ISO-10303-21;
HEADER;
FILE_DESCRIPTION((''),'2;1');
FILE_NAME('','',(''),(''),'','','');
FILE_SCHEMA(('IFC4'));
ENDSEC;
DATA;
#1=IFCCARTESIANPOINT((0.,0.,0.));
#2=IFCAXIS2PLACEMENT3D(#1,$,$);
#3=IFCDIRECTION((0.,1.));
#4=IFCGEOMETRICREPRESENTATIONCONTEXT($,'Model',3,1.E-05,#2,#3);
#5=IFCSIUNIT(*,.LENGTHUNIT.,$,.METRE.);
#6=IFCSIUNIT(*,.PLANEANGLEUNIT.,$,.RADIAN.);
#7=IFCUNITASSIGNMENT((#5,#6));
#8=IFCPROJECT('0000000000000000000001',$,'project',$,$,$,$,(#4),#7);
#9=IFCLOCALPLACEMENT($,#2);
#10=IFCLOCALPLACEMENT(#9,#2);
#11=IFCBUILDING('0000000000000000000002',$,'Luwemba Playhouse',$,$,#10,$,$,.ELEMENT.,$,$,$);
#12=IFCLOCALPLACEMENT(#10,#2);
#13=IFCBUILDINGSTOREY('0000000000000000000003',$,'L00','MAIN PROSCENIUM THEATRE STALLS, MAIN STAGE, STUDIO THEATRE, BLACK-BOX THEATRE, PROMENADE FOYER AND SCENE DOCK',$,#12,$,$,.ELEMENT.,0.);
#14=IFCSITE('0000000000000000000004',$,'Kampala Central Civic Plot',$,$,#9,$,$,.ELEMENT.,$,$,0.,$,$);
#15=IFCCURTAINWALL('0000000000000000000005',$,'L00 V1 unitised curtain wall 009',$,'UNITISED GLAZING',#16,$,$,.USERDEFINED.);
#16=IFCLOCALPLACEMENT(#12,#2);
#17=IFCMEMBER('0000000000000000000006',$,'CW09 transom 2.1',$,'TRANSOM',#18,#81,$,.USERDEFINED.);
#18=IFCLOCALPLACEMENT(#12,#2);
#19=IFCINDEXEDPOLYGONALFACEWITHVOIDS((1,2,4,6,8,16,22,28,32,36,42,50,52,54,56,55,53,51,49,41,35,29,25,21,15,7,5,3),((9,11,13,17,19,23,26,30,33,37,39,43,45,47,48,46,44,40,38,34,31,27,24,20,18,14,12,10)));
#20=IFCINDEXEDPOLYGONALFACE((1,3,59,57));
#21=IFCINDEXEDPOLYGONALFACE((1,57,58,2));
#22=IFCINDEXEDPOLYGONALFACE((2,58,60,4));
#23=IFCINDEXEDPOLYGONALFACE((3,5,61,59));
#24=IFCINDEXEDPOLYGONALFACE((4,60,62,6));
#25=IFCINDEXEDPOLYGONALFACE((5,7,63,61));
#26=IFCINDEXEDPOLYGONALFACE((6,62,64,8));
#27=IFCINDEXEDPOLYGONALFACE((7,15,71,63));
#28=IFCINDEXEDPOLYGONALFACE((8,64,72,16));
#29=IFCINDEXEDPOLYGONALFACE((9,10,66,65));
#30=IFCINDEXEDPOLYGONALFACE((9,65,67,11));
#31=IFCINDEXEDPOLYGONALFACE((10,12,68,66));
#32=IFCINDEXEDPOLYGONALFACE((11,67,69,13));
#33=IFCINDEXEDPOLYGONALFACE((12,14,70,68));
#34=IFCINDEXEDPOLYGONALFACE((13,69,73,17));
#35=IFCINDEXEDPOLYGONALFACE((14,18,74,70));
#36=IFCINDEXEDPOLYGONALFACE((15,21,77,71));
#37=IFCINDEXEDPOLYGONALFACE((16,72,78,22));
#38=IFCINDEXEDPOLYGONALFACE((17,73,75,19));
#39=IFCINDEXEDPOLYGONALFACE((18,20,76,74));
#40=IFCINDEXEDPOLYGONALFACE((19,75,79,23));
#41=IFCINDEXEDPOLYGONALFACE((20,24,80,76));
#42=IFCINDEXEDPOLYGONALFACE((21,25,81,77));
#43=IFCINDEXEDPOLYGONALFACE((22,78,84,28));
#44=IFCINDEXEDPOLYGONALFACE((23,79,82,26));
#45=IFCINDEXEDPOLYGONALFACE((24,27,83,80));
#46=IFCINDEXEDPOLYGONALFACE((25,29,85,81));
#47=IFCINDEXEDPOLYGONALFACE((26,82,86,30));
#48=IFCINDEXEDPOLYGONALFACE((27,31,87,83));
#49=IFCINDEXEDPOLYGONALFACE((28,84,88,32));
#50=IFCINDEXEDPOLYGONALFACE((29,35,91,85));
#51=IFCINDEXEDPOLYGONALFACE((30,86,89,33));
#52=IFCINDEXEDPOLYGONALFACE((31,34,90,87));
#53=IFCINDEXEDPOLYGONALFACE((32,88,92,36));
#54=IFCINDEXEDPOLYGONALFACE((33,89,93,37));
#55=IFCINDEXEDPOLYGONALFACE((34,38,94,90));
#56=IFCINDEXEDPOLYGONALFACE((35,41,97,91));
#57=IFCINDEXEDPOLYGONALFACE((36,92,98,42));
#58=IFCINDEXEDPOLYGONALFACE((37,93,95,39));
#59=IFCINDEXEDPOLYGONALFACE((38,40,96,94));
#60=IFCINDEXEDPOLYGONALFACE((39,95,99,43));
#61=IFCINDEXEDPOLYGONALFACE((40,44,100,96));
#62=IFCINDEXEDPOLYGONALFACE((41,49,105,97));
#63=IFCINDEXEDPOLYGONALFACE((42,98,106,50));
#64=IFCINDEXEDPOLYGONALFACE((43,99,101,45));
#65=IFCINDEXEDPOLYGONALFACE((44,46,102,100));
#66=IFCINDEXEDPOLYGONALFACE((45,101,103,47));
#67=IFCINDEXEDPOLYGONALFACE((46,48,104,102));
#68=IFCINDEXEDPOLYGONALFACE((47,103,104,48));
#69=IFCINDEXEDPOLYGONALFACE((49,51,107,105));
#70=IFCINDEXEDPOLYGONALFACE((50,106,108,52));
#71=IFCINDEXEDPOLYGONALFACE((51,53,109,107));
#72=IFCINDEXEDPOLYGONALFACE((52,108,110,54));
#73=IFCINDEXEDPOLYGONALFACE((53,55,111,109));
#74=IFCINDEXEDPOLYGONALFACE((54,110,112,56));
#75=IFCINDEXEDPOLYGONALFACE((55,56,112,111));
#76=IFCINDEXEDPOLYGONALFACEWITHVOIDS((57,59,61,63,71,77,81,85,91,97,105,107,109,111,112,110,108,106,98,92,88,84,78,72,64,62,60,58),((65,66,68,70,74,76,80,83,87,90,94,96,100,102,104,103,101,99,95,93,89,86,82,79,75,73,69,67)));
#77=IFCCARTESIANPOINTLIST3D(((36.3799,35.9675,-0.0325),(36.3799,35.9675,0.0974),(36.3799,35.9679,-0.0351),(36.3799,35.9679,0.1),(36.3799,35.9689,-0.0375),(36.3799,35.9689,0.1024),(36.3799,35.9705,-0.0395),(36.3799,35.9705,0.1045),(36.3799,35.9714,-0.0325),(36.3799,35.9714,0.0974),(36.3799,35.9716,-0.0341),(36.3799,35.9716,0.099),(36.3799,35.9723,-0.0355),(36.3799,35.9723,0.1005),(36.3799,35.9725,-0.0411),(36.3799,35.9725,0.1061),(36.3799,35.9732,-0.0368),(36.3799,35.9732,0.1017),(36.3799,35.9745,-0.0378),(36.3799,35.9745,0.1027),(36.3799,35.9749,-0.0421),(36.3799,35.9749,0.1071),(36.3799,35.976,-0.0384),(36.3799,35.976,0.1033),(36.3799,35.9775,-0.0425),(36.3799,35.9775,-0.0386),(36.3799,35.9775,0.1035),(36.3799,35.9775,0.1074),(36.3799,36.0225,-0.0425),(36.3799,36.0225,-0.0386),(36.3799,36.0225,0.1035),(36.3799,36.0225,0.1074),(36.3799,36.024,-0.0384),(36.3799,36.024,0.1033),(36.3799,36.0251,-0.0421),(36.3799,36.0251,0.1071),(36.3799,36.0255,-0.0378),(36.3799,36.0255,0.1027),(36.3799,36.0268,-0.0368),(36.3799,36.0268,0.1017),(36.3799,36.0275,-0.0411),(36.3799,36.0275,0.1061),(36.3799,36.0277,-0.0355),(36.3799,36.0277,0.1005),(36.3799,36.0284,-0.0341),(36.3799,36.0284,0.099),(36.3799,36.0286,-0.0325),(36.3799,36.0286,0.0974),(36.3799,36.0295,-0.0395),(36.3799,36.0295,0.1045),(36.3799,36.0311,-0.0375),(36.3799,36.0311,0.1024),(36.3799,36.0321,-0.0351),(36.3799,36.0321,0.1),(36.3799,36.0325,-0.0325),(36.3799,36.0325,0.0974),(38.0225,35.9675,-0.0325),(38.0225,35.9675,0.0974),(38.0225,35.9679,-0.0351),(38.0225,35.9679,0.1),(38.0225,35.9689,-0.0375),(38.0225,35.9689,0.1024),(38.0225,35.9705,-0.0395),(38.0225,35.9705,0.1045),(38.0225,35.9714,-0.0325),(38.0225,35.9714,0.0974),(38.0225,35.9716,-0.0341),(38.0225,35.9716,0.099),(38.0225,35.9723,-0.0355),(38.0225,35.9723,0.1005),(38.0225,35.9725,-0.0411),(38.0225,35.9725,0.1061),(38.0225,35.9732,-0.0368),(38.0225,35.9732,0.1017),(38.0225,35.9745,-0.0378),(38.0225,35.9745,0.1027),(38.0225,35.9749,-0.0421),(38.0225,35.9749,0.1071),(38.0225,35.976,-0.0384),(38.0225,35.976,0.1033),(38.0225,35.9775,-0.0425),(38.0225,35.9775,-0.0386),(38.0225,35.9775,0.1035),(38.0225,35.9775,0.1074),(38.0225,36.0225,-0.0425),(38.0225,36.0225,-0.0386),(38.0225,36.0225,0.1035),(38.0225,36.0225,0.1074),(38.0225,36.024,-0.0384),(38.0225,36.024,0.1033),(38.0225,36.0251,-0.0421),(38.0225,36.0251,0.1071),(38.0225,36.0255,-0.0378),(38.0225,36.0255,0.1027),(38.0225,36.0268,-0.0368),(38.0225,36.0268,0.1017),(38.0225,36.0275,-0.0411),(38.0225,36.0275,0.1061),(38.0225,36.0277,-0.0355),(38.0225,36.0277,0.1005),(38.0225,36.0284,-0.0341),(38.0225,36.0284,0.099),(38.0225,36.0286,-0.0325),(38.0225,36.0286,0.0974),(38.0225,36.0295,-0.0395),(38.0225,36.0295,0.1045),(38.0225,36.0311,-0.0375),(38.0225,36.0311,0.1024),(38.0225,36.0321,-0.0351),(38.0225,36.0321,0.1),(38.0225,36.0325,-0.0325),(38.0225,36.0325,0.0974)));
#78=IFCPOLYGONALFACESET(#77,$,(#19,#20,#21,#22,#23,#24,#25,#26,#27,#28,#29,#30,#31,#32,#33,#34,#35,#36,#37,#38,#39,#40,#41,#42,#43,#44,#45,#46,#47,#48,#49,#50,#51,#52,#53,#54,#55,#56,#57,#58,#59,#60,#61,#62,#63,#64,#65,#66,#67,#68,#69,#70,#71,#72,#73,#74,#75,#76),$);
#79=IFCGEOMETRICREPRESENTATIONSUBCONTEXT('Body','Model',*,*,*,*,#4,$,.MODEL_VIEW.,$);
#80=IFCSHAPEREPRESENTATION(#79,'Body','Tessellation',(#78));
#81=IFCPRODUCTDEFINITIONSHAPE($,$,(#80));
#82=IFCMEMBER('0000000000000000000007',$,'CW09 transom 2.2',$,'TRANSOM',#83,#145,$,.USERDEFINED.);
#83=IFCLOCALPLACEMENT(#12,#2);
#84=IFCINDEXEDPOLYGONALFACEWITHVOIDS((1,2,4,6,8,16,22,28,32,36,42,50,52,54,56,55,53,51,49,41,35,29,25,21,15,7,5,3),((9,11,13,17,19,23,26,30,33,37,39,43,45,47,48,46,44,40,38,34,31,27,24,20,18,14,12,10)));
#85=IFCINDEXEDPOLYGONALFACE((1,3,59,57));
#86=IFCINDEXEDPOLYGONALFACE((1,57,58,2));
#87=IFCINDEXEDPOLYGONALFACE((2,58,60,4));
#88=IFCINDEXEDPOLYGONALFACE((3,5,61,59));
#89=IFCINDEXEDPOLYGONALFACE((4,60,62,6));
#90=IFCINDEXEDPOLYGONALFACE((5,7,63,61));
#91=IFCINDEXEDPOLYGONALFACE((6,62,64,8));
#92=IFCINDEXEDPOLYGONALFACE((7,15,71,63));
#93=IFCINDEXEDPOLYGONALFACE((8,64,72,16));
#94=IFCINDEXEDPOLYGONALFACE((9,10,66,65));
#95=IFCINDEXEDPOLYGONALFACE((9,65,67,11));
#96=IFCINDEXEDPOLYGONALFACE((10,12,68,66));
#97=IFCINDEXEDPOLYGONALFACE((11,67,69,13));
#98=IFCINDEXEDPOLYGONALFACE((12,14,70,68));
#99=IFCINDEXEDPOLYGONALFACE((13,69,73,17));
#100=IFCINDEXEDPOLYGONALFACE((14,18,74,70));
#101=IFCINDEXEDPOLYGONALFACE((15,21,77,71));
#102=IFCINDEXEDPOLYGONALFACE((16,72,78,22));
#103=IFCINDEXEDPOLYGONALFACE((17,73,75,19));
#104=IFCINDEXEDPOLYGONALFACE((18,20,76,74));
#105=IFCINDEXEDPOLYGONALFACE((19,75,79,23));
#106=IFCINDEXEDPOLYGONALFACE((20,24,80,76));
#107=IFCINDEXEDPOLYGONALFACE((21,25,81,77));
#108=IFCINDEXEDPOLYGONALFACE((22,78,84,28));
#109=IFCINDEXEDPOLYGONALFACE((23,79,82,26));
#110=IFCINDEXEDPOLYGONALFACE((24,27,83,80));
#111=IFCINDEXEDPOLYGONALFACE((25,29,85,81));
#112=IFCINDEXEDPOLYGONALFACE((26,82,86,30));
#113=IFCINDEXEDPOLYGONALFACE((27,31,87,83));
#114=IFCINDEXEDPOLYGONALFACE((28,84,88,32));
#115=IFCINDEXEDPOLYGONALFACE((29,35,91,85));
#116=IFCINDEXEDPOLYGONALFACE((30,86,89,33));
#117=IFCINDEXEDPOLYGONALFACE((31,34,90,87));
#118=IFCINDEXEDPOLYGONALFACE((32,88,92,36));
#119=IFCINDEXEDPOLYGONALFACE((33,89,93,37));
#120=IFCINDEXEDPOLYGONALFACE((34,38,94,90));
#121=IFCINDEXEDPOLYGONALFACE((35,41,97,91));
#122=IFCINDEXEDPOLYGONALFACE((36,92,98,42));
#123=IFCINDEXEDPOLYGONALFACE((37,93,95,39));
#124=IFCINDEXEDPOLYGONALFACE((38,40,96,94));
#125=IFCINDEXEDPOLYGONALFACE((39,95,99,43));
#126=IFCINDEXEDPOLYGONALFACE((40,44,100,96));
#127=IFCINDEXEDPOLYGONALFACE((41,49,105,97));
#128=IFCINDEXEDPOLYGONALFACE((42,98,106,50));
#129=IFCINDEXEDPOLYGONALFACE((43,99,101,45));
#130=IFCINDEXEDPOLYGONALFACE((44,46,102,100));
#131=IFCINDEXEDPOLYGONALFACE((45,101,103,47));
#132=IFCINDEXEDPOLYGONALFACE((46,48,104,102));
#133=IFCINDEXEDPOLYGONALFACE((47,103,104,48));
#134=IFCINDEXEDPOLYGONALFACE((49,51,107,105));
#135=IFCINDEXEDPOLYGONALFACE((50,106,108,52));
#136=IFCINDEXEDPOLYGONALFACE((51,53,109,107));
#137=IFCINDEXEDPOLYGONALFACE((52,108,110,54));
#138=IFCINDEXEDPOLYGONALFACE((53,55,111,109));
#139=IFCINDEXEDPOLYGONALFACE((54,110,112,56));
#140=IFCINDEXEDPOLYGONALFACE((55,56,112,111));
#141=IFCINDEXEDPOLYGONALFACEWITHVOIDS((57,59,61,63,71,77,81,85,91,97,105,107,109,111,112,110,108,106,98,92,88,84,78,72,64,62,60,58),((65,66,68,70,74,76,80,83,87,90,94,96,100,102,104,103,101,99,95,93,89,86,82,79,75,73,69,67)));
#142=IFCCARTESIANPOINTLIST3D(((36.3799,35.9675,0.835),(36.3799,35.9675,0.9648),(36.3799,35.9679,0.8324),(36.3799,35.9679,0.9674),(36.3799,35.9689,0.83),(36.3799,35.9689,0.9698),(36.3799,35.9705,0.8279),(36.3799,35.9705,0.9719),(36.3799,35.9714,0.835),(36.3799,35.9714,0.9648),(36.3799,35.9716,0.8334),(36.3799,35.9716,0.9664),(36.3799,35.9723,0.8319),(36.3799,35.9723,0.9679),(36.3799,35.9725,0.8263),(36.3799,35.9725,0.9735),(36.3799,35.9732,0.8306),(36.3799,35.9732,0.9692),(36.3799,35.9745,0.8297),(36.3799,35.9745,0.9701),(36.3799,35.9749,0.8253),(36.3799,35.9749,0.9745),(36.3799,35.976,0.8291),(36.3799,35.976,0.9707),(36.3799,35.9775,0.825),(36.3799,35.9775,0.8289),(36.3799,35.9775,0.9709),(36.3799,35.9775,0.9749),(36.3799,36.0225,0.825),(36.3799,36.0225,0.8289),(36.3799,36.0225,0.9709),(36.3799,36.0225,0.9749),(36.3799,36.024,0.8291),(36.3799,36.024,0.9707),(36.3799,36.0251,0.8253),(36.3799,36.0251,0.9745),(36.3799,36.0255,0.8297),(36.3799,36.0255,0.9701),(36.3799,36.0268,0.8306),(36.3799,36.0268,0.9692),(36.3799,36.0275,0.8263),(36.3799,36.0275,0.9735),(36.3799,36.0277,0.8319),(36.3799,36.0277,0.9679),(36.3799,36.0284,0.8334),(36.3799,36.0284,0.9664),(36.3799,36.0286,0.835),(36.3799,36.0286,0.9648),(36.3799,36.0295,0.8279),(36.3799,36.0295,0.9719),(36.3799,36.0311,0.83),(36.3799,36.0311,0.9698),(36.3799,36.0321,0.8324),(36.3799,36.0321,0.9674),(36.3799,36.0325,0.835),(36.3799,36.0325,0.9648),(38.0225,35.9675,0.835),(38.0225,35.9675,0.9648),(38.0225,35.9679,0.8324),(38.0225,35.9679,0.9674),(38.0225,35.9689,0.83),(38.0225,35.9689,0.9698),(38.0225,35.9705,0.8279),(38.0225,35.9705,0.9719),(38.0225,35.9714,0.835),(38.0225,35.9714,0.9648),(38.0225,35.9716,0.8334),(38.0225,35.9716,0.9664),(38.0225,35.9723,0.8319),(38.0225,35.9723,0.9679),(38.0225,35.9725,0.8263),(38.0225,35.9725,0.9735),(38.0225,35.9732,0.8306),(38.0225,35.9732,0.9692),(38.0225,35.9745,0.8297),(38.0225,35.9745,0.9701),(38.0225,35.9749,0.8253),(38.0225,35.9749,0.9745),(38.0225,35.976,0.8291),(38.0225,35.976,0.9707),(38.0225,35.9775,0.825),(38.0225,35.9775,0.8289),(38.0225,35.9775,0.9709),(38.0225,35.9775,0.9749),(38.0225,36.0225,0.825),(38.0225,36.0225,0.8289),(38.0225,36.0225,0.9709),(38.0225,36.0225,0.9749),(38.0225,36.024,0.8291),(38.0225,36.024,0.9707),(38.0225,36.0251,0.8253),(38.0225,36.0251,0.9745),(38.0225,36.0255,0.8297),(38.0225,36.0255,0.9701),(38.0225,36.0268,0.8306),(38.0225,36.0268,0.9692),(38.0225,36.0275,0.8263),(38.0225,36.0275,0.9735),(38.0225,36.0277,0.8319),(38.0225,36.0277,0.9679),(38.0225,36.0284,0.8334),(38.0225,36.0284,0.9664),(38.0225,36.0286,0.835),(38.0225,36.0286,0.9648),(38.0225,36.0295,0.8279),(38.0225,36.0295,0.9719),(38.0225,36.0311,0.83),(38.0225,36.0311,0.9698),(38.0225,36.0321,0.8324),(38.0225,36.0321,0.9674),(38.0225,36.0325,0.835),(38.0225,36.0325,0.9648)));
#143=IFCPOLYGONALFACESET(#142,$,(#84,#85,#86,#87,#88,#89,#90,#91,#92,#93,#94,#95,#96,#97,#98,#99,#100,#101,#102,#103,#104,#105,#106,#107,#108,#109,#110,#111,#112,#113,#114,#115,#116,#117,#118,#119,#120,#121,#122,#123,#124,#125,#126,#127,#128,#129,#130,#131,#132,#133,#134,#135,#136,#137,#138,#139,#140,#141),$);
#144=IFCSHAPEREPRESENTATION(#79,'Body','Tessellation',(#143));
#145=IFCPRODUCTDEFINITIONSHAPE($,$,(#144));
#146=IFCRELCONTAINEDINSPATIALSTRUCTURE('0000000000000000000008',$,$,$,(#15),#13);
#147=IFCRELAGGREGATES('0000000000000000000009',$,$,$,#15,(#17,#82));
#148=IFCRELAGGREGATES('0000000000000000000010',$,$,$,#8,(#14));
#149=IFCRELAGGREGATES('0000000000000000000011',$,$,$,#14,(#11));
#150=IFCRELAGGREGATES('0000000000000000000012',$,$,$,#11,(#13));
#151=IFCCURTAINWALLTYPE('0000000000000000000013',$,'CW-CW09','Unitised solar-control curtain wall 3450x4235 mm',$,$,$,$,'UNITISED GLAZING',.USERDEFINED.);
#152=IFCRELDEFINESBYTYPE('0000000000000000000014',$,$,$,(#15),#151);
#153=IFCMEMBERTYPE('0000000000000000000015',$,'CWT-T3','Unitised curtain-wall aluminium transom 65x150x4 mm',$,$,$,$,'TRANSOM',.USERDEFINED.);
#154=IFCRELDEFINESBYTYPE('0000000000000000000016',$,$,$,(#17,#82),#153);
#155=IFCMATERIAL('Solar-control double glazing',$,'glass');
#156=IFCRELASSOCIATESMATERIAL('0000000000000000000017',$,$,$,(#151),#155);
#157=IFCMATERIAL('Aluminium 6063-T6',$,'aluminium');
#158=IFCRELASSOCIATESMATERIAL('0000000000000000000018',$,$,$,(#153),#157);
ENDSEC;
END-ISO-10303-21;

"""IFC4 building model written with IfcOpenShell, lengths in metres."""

from ifc_helpers import new_model, si_unit, direction, frame, origin, origin_2d, place, context, subcontext, project, spatial, hollow_rectangle, extrude, material, material_profile, profile_set, type_object, element, aggregate, save


model = new_model("IFC4")

# Units and contexts
model_context = context("Model", 3, precision=1e-05, world=origin(), true_north=direction((0.0, 1.0)))
body_context = subcontext(model_context, "Body", "Model", "MODEL_VIEW")
ifc_project = project(units=[si_unit("LENGTHUNIT", "METRE"), si_unit("PLANEANGLEUNIT", "RADIAN")], contexts=[model_context])

# Site, building, storey
site_placement = place(None, origin())
site = spatial("IfcSite", under=ifc_project, at=site_placement, Name="Kampala Central Civic Plot", CompositionType="ELEMENT", RefElevation=0.0)
building_placement = place(site_placement, origin())
building = spatial("IfcBuilding", under=site, at=building_placement, Name="Luwemba Playhouse", CompositionType="ELEMENT")
storey_placement = place(building_placement, origin())
storey = spatial("IfcBuildingStorey", under=building, at=storey_placement, Name="L00", Description="MAIN PROSCENIUM THEATRE STALLS, MAIN STAGE, STUDIO THEATRE, BLACK-BOX THEATRE, PROMENADE FOYER AND SCENE DOCK", CompositionType="ELEMENT", Elevation=0.0)

# Curtain wall, members
ifc_material_1 = material(Name="Solar-control double glazing", Category="glass")
curtain_wall_type = type_object("IfcCurtainWallType", Name="CW-CW09", Description="Unitised solar-control curtain wall 3450x4235 mm", ElementType="UNITISED GLAZING", PredefinedType="USERDEFINED", material=ifc_material_1)
curtain_wall_placement = place(storey_placement, origin())
curtain_wall = element("IfcCurtainWall", 1, at=curtain_wall_placement, inside=storey, type_object=curtain_wall_type, Name="L00 V1 unitised curtain wall 009", ObjectType="UNITISED GLAZING", PredefinedType="USERDEFINED")
ifc_material_2 = material(Name="Aluminium 6063-T6", Category="aluminium")
ifc_material_profile_1 = material_profile(ifc_material_2, hollow_rectangle(XDim=0.0649, YDim=0.1499, WallThickness=0.0039, InnerFilletRadius=0.0061, OuterFilletRadius=0.01, at=origin_2d()))
ifc_profile_set_1 = profile_set([ifc_material_profile_1], Name="Aluminium 6063-T6")
member_type_1 = type_object("IfcMemberType", Name="CWT-T3", Description="Unitised curtain-wall aluminium transom 65x150x4 mm", ElementType="TRANSOM", PredefinedType="USERDEFINED", material=ifc_profile_set_1)
member_1_placement = place(storey_placement, frame((38.0225, 36.0, 0.0325), z_axis=(-1.0, 0.0, 0.0), x_axis=(0.0, -1.0, 0.0)))
member_1 = element("IfcMember", 2, at=member_1_placement, type_object=member_type_1, Name="CW09 transom 2.1", ObjectType="TRANSOM", PredefinedType="USERDEFINED", context=body_context, shape_type="SweptSolid", body=[
    extrude(hollow_rectangle(XDim=0.0649, YDim=0.1499, WallThickness=0.0039, InnerFilletRadius=0.0061, OuterFilletRadius=0.01, at=origin_2d()), origin(), (0.0, 0.0, 1.0), 1.6426),
])
member_2_placement = place(storey_placement, frame((38.0225, 36.0, 0.8999), z_axis=(-1.0, 0.0, 0.0), x_axis=(0.0, -1.0, 0.0)))
member_2 = element("IfcMember", 3, at=member_2_placement, type_object=member_type_1, Name="CW09 transom 2.2", ObjectType="TRANSOM", PredefinedType="USERDEFINED", context=body_context, shape_type="SweptSolid", body=[
    extrude(hollow_rectangle(XDim=0.0649, YDim=0.1499, WallThickness=0.0039, InnerFilletRadius=0.0061, OuterFilletRadius=0.01, at=origin_2d()), origin(), (0.0, 0.0, 1.0), 1.6426),
])
aggregate(curtain_wall, [member_1, member_2])

save(model, "model.ifc")
